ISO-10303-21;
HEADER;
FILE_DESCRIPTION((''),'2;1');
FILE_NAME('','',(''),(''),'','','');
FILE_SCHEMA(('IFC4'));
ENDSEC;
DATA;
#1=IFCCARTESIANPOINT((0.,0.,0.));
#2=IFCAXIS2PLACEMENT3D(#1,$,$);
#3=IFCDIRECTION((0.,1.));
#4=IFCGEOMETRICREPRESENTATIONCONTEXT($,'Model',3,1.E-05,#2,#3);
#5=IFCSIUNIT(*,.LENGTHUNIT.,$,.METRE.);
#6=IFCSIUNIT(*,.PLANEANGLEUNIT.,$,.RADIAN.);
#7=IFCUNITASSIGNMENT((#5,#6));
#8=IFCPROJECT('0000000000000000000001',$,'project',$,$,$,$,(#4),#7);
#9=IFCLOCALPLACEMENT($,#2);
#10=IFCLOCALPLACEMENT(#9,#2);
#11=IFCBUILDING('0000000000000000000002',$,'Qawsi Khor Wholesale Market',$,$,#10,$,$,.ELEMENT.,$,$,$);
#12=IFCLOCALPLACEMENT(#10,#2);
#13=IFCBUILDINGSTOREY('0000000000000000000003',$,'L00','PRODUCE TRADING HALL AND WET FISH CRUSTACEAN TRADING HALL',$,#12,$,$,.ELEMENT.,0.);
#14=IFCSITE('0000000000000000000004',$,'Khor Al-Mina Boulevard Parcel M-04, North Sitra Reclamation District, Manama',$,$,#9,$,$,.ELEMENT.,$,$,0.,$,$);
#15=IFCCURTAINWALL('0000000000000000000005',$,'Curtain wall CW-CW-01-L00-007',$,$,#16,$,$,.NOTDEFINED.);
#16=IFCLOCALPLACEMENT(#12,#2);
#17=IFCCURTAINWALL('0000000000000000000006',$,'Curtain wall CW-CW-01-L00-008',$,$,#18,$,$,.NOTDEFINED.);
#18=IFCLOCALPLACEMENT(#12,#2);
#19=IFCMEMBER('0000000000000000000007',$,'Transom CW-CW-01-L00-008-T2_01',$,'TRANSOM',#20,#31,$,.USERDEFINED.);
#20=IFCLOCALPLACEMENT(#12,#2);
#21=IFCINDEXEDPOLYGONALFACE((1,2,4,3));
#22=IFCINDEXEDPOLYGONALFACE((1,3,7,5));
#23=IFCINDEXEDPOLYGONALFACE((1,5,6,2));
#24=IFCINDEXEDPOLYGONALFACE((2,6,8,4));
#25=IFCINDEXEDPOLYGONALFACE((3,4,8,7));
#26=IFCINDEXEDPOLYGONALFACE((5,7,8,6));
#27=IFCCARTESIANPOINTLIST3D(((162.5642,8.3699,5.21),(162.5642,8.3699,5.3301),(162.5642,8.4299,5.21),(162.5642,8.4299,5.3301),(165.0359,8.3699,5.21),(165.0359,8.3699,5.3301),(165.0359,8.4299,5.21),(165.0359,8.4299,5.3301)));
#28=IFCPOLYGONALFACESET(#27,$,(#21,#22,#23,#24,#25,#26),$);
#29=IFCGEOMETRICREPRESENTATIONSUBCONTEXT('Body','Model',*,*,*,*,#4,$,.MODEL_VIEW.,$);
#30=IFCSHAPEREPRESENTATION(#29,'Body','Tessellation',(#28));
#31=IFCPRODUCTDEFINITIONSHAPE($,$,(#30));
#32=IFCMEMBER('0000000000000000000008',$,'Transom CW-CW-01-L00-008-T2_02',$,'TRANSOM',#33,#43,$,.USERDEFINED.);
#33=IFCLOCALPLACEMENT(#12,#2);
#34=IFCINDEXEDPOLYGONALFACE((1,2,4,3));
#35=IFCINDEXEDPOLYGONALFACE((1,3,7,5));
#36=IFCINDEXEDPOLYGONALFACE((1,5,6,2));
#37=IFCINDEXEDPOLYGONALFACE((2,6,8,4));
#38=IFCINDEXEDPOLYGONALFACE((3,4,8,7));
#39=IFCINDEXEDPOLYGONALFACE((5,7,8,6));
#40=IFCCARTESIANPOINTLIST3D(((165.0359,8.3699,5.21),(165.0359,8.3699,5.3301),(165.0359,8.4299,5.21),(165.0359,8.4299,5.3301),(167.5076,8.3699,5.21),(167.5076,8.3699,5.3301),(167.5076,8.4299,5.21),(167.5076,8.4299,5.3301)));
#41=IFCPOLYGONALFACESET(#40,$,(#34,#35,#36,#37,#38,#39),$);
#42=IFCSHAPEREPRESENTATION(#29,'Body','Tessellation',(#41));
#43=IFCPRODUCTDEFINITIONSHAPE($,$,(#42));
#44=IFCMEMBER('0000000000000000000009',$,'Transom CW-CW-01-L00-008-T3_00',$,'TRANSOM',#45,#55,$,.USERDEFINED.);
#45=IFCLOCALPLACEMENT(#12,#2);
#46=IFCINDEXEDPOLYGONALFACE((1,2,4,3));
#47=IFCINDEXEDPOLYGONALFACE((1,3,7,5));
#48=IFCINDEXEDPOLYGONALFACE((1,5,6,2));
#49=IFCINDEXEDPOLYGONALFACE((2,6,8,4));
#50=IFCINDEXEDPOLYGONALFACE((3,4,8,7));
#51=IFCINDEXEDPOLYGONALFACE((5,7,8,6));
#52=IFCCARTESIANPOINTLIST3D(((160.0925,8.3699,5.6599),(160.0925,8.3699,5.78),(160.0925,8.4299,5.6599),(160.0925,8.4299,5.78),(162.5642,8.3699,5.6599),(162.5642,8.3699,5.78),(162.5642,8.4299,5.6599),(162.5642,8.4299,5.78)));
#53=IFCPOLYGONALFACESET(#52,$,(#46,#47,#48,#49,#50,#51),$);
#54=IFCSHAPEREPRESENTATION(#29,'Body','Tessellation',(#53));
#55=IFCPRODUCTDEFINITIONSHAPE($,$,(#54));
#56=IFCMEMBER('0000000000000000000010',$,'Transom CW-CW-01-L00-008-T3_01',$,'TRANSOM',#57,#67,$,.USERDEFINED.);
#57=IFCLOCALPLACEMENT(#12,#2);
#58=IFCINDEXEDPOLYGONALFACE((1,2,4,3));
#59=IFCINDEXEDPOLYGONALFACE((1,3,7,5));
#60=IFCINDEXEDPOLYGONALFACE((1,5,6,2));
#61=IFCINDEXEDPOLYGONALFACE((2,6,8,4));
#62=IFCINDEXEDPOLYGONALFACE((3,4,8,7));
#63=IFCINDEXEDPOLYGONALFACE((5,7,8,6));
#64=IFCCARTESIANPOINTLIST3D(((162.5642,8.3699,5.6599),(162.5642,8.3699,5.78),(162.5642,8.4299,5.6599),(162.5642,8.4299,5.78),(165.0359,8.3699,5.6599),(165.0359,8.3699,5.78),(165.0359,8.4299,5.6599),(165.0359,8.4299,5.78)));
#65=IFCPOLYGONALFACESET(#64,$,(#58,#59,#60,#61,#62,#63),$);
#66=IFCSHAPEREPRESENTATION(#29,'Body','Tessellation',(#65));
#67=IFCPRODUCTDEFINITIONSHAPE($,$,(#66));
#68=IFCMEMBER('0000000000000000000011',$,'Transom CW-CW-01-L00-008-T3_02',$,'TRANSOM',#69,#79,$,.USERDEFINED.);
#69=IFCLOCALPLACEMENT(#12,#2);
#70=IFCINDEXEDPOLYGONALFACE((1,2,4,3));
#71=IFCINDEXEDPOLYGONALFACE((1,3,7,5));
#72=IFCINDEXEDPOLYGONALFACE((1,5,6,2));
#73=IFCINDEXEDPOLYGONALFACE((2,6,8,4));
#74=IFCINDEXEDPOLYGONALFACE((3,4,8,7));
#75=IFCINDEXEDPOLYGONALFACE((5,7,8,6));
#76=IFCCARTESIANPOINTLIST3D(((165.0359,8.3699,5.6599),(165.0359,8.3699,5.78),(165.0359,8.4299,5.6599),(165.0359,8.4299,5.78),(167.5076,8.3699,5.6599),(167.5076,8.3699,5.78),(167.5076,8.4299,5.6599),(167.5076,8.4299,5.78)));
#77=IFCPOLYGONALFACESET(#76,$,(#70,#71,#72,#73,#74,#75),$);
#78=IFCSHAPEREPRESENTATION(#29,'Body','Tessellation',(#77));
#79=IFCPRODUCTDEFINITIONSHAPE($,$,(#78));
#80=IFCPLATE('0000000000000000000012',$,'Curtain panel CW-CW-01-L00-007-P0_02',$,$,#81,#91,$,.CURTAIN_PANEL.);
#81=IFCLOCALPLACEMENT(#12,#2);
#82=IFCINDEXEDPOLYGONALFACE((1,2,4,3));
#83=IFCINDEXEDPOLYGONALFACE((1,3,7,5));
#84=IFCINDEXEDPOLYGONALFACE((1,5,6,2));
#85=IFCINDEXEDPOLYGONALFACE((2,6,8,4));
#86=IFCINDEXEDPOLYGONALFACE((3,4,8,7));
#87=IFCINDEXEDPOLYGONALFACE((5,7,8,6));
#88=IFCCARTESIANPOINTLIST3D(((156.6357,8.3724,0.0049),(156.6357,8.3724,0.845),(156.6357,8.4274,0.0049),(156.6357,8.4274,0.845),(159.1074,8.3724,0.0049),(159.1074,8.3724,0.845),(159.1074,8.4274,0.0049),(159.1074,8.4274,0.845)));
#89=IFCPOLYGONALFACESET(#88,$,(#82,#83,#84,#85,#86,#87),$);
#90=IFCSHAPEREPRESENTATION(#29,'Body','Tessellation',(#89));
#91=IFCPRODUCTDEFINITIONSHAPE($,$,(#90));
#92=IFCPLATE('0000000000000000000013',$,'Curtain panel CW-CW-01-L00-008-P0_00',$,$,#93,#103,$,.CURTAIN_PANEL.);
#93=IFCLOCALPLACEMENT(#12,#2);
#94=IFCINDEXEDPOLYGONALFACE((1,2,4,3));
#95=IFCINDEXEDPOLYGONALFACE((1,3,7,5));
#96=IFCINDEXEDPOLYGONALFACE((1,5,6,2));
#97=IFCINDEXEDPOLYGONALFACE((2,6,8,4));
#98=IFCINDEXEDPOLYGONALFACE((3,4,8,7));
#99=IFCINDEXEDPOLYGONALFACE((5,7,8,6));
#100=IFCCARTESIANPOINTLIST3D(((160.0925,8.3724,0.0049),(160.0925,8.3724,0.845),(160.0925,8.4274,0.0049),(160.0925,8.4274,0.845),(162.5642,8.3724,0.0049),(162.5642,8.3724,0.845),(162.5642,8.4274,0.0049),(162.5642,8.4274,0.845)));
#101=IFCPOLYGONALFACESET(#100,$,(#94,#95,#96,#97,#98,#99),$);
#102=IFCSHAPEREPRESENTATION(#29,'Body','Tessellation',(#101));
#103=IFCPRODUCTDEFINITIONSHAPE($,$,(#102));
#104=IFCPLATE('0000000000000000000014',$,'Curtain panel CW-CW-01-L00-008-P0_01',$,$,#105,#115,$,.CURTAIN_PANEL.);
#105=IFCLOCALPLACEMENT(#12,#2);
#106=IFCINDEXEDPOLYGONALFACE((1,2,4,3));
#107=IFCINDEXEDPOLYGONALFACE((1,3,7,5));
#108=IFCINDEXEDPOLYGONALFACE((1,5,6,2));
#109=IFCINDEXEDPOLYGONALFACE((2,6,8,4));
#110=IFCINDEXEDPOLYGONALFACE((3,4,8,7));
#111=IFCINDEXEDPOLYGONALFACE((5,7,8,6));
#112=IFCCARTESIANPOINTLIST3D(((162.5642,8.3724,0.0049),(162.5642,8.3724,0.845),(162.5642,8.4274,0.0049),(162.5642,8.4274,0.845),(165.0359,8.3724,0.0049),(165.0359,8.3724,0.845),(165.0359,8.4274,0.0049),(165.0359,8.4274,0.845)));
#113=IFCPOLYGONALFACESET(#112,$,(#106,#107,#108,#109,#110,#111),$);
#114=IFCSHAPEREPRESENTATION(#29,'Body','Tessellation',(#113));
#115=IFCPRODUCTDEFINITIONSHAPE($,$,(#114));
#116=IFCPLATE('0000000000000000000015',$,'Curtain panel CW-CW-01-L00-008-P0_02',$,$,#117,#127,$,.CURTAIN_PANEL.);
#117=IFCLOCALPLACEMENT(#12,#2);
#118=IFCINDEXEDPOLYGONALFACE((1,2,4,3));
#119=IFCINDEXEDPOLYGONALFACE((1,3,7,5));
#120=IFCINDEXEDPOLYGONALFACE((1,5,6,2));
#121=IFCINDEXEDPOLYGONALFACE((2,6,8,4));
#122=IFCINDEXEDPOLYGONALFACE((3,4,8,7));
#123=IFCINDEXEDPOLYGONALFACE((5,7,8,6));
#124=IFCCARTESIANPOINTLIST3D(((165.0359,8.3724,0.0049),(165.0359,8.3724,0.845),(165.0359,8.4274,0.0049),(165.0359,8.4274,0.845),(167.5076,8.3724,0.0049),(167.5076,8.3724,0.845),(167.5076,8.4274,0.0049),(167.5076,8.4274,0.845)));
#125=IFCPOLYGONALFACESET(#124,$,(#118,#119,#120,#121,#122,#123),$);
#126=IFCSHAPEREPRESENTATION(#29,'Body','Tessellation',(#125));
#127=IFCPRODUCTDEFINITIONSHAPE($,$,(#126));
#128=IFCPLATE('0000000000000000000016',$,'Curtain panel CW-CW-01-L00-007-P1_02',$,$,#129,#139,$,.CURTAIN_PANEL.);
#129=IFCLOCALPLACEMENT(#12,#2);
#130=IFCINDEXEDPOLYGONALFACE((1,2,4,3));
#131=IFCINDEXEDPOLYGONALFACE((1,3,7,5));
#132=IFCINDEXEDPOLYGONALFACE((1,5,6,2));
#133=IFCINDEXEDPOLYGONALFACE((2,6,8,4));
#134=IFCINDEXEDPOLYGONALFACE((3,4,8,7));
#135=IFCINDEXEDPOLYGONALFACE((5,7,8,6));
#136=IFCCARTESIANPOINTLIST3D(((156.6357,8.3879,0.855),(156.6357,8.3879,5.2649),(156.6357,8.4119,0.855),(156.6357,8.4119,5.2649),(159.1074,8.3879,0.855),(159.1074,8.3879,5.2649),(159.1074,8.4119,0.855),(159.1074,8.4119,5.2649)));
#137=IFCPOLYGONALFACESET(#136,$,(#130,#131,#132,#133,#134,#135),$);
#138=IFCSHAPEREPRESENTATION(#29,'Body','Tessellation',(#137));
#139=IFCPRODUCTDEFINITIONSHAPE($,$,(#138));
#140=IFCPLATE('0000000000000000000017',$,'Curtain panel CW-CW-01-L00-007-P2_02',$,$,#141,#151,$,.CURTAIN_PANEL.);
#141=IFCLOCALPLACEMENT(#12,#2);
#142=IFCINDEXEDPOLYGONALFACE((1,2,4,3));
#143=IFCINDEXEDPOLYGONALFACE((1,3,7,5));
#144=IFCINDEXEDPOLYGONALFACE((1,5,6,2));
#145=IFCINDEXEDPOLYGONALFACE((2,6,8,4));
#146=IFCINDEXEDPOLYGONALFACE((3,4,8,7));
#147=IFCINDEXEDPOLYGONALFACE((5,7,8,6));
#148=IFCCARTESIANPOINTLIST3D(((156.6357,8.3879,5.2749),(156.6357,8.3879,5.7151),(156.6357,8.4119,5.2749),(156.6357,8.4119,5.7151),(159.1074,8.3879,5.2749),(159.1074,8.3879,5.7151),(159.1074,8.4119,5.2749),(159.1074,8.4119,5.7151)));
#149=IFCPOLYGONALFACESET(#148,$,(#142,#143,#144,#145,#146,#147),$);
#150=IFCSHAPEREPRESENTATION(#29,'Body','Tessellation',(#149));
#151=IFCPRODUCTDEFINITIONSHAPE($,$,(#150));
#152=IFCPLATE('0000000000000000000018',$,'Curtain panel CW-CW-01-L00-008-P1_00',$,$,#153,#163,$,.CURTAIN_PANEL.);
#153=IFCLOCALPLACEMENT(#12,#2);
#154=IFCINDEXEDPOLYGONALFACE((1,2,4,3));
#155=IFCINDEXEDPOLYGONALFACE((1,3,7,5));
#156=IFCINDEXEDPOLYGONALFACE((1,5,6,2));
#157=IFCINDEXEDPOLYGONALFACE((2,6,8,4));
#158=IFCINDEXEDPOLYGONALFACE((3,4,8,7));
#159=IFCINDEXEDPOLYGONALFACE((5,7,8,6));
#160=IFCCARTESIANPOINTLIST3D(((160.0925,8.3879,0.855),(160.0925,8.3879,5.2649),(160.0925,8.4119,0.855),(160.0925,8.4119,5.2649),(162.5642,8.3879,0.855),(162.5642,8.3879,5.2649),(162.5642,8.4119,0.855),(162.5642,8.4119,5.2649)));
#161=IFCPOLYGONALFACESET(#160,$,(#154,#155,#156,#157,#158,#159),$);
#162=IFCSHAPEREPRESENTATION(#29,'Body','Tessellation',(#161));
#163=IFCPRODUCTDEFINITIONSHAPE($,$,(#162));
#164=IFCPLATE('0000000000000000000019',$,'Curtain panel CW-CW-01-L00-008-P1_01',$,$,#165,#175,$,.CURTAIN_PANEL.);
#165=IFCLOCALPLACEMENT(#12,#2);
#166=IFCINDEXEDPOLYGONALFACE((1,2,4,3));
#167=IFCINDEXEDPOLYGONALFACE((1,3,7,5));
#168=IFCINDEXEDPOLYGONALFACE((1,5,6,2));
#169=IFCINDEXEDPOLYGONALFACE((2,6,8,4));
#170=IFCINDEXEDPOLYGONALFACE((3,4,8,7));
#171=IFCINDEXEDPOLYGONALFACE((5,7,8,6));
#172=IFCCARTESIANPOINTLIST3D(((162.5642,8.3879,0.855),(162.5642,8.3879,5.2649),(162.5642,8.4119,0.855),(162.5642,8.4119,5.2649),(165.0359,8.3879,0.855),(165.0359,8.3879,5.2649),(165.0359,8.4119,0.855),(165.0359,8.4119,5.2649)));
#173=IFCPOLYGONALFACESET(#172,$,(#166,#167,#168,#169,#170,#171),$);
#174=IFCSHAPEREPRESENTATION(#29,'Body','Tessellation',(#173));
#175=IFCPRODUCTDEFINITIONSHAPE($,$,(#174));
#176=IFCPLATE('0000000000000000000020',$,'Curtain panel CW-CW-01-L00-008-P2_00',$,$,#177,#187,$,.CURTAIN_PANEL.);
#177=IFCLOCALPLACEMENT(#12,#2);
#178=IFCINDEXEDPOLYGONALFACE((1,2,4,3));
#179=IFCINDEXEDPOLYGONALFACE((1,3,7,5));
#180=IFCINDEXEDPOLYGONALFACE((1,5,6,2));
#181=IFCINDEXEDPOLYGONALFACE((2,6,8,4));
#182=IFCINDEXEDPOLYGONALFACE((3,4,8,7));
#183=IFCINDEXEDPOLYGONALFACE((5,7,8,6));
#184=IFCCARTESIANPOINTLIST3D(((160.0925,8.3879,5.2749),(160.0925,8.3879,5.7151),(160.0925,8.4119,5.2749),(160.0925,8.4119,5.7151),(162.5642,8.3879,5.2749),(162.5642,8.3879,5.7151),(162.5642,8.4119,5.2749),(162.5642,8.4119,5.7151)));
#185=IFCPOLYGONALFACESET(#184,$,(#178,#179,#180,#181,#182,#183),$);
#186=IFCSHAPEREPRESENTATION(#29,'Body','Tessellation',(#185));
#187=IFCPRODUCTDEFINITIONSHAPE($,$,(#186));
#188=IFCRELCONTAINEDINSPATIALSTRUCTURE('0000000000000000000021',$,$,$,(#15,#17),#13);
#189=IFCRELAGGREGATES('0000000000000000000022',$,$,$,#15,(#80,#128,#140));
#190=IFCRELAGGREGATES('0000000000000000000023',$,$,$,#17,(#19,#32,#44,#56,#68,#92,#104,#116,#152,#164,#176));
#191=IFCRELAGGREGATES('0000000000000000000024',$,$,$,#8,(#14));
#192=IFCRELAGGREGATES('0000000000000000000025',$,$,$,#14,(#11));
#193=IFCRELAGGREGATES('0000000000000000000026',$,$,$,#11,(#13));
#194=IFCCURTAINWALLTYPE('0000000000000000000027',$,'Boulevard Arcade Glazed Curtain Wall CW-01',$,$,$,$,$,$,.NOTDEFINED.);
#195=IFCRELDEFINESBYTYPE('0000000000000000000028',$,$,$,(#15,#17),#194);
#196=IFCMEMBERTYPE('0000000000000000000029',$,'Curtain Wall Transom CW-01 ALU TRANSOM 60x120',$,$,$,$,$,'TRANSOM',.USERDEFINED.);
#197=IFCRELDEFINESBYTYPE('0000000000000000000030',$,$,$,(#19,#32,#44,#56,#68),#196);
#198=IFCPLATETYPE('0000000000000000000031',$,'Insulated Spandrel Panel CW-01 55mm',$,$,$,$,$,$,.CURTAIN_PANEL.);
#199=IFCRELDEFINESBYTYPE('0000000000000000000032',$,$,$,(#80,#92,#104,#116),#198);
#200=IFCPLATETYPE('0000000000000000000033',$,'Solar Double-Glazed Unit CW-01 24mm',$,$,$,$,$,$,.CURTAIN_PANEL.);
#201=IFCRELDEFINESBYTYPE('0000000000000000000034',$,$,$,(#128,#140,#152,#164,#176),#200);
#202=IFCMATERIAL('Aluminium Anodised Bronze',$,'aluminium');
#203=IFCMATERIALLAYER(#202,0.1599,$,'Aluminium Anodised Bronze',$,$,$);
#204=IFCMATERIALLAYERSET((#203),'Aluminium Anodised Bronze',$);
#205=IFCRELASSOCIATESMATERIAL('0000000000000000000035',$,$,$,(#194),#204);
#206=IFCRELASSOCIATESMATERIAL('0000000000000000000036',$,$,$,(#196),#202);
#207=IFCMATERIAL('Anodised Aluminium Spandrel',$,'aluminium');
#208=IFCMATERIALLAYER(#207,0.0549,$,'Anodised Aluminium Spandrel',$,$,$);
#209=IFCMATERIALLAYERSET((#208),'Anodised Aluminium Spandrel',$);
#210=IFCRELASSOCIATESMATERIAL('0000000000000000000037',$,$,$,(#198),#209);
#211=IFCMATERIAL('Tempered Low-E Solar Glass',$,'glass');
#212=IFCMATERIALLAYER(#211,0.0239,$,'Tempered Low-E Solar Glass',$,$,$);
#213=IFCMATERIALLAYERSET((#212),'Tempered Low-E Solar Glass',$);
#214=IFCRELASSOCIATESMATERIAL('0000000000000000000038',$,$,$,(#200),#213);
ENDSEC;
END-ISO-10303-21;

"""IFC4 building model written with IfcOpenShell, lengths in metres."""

from ifc_helpers import new_model, si_unit, direction, frame, frame_2d, origin, origin_2d, place, context, subcontext, project, spatial, rectangle, extrude, material, layer, layer_set, material_profile, profile_set, type_object, element, aggregate, save


model = new_model("IFC4")

# Units and contexts
model_context = context("Model", 3, precision=1e-05, world=origin(), true_north=direction((0.0, 1.0)))
body_context = subcontext(model_context, "Body", "Model", "MODEL_VIEW")
ifc_project = project(units=[si_unit("LENGTHUNIT", "METRE"), si_unit("PLANEANGLEUNIT", "RADIAN")], contexts=[model_context])

# Site, building, storey
site_placement = place(None, origin())
site = spatial("IfcSite", under=ifc_project, at=site_placement, Name="Khor Al-Mina Boulevard Parcel M-04, North Sitra Reclamation District, Manama", CompositionType="ELEMENT", RefElevation=0.0)
building_placement = place(site_placement, origin())
building = spatial("IfcBuilding", under=site, at=building_placement, Name="Qawsi Khor Wholesale Market", CompositionType="ELEMENT")
storey_placement = place(building_placement, origin())
storey = spatial("IfcBuildingStorey", under=building, at=storey_placement, Name="L00", Description="PRODUCE TRADING HALL AND WET FISH CRUSTACEAN TRADING HALL", CompositionType="ELEMENT", Elevation=0.0)

# Curtain wall
ifc_material_1 = material(Name="Aluminium Anodised Bronze", Category="aluminium")
ifc_layer_1 = layer(ifc_material_1, 0.1599, Name="Aluminium Anodised Bronze")
ifc_layer_set_1 = layer_set([ifc_layer_1], Name="Aluminium Anodised Bronze")
curtain_wall_type = type_object("IfcCurtainWallType", Name="Boulevard Arcade Glazed Curtain Wall CW-01", PredefinedType="NOTDEFINED", material=ifc_layer_set_1)
curtain_wall_1_placement = place(storey_placement, origin())
curtain_wall_1 = element("IfcCurtainWall", 1, at=curtain_wall_1_placement, inside=storey, type_object=curtain_wall_type, Name="Curtain wall CW-CW-01-L00-007", PredefinedType="NOTDEFINED")

# Curtain wall, members
curtain_wall_2_placement = place(storey_placement, origin())
curtain_wall_2 = element("IfcCurtainWall", 2, at=curtain_wall_2_placement, inside=storey, type_object=curtain_wall_type, Name="Curtain wall CW-CW-01-L00-008", PredefinedType="NOTDEFINED")
ifc_material_profile_1 = material_profile(ifc_material_1, rectangle(XDim=0.0601, YDim=0.1201, at=origin_2d()), Name="ALU TRANSOM 60x120")
ifc_profile_set_1 = profile_set([ifc_material_profile_1], Name="Aluminium Anodised Bronze")
member_type_1 = type_object("IfcMemberType", Name="Curtain Wall Transom CW-01 ALU TRANSOM 60x120", ElementType="TRANSOM", PredefinedType="USERDEFINED", material=ifc_profile_set_1)
member_1_placement = place(storey_placement, frame((162.5642, 8.3999, 5.27), z_axis=(1.0, 0.0, 0.0), x_axis=(0.0, 1.0, 0.0)))
member_1 = element("IfcMember", 3, at=member_1_placement, type_object=member_type_1, Name="Transom CW-CW-01-L00-008-T2_01", ObjectType="TRANSOM", PredefinedType="USERDEFINED", context=body_context, shape_type="SweptSolid", body=[
    extrude(rectangle(XDim=0.0601, YDim=0.1201, at=origin_2d()), origin(), (0.0, 0.0, 1.0), 2.4717),
])
member_2_placement = place(storey_placement, frame((165.0359, 8.3999, 5.27), z_axis=(1.0, 0.0, 0.0), x_axis=(0.0, 1.0, 0.0)))
member_2 = element("IfcMember", 4, at=member_2_placement, type_object=member_type_1, Name="Transom CW-CW-01-L00-008-T2_02", ObjectType="TRANSOM", PredefinedType="USERDEFINED", context=body_context, shape_type="SweptSolid", body=[
    extrude(rectangle(XDim=0.0601, YDim=0.1201, at=origin_2d()), origin(), (0.0, 0.0, 1.0), 2.4717),
])
member_3_placement = place(storey_placement, frame((160.0925, 8.3999, 5.72), z_axis=(1.0, 0.0, 0.0), x_axis=(0.0, 1.0, 0.0)))
member_3 = element("IfcMember", 5, at=member_3_placement, type_object=member_type_1, Name="Transom CW-CW-01-L00-008-T3_00", ObjectType="TRANSOM", PredefinedType="USERDEFINED", context=body_context, shape_type="SweptSolid", body=[
    extrude(rectangle(XDim=0.0601, YDim=0.1201, at=origin_2d()), origin(), (0.0, 0.0, 1.0), 2.4717),
])
member_4_placement = place(storey_placement, frame((162.5642, 8.3999, 5.72), z_axis=(1.0, 0.0, 0.0), x_axis=(0.0, 1.0, 0.0)))
member_4 = element("IfcMember", 6, at=member_4_placement, type_object=member_type_1, Name="Transom CW-CW-01-L00-008-T3_01", ObjectType="TRANSOM", PredefinedType="USERDEFINED", context=body_context, shape_type="SweptSolid", body=[
    extrude(rectangle(XDim=0.0601, YDim=0.1201, at=origin_2d()), origin(), (0.0, 0.0, 1.0), 2.4717),
])
member_5_placement = place(storey_placement, frame((165.0359, 8.3999, 5.72), z_axis=(1.0, 0.0, 0.0), x_axis=(0.0, 1.0, 0.0)))
member_5 = element("IfcMember", 7, at=member_5_placement, type_object=member_type_1, Name="Transom CW-CW-01-L00-008-T3_02", ObjectType="TRANSOM", PredefinedType="USERDEFINED", context=body_context, shape_type="SweptSolid", body=[
    extrude(rectangle(XDim=0.0601, YDim=0.1201, at=origin_2d()), origin(), (0.0, 0.0, 1.0), 2.4717),
])

# Plates
ifc_material_2 = material(Name="Anodised Aluminium Spandrel", Category="aluminium")
ifc_layer_2 = layer(ifc_material_2, 0.0549, Name="Anodised Aluminium Spandrel")
ifc_layer_set_2 = layer_set([ifc_layer_2], Name="Anodised Aluminium Spandrel")
plate_type_1 = type_object("IfcPlateType", Name="Insulated Spandrel Panel CW-01 55mm", PredefinedType="CURTAIN_PANEL", material=ifc_layer_set_2)
plate_1_placement = place(storey_placement, frame((156.6357, 8.3999, 0.0049), z_axis=(0.0, 0.0, 1.0), x_axis=(1.0, 0.0, 0.0)))
plate_1 = element("IfcPlate", 8, at=plate_1_placement, type_object=plate_type_1, Name="Curtain panel CW-CW-01-L00-007-P0_02", PredefinedType="CURTAIN_PANEL", context=body_context, shape_type="SweptSolid", body=[
    extrude(rectangle(XDim=2.4717, YDim=0.0549, at=frame_2d((1.2358, 0.0))), origin(), (0.0, 0.0, 1.0), 0.8401),
])
plate_2_placement = place(storey_placement, frame((160.0925, 8.3999, 0.0049), z_axis=(0.0, 0.0, 1.0), x_axis=(1.0, 0.0, 0.0)))
plate_2 = element("IfcPlate", 9, at=plate_2_placement, type_object=plate_type_1, Name="Curtain panel CW-CW-01-L00-008-P0_00", PredefinedType="CURTAIN_PANEL", context=body_context, shape_type="SweptSolid", body=[
    extrude(rectangle(XDim=2.4717, YDim=0.0549, at=frame_2d((1.2358, 0.0))), origin(), (0.0, 0.0, 1.0), 0.8401),
])
plate_3_placement = place(storey_placement, frame((162.5642, 8.3999, 0.0049), z_axis=(0.0, 0.0, 1.0), x_axis=(1.0, 0.0, 0.0)))
plate_3 = element("IfcPlate", 10, at=plate_3_placement, type_object=plate_type_1, Name="Curtain panel CW-CW-01-L00-008-P0_01", PredefinedType="CURTAIN_PANEL", context=body_context, shape_type="SweptSolid", body=[
    extrude(rectangle(XDim=2.4717, YDim=0.0549, at=frame_2d((1.2358, 0.0))), origin(), (0.0, 0.0, 1.0), 0.8401),
])
plate_4_placement = place(storey_placement, frame((165.0359, 8.3999, 0.0049), z_axis=(0.0, 0.0, 1.0), x_axis=(1.0, 0.0, 0.0)))
plate_4 = element("IfcPlate", 11, at=plate_4_placement, type_object=plate_type_1, Name="Curtain panel CW-CW-01-L00-008-P0_02", PredefinedType="CURTAIN_PANEL", context=body_context, shape_type="SweptSolid", body=[
    extrude(rectangle(XDim=2.4717, YDim=0.0549, at=frame_2d((1.2358, 0.0))), origin(), (0.0, 0.0, 1.0), 0.8401),
])
ifc_material_3 = material(Name="Tempered Low-E Solar Glass", Category="glass")
ifc_layer_3 = layer(ifc_material_3, 0.0239, Name="Tempered Low-E Solar Glass")
ifc_layer_set_3 = layer_set([ifc_layer_3], Name="Tempered Low-E Solar Glass")
plate_type_2 = type_object("IfcPlateType", Name="Solar Double-Glazed Unit CW-01 24mm", PredefinedType="CURTAIN_PANEL", material=ifc_layer_set_3)
plate_5_placement = place(storey_placement, frame((156.6357, 8.3999, 0.855), z_axis=(0.0, 0.0, 1.0), x_axis=(1.0, 0.0, 0.0)))
plate_5 = element("IfcPlate", 12, at=plate_5_placement, type_object=plate_type_2, Name="Curtain panel CW-CW-01-L00-007-P1_02", PredefinedType="CURTAIN_PANEL", context=body_context, shape_type="SweptSolid", body=[
    extrude(rectangle(XDim=2.4717, YDim=0.0239, at=frame_2d((1.2358, 0.0))), origin(), (0.0, 0.0, 1.0), 4.4099),
])
plate_6_placement = place(storey_placement, frame((156.6357, 8.3999, 5.2749), z_axis=(0.0, 0.0, 1.0), x_axis=(1.0, 0.0, 0.0)))
plate_6 = element("IfcPlate", 13, at=plate_6_placement, type_object=plate_type_2, Name="Curtain panel CW-CW-01-L00-007-P2_02", PredefinedType="CURTAIN_PANEL", context=body_context, shape_type="SweptSolid", body=[
    extrude(rectangle(XDim=2.4717, YDim=0.0239, at=frame_2d((1.2358, 0.0))), origin(), (0.0, 0.0, 1.0), 0.4402),
])
aggregate(curtain_wall_1, [plate_1, plate_5, plate_6])
plate_7_placement = place(storey_placement, frame((160.0925, 8.3999, 0.855), z_axis=(0.0, 0.0, 1.0), x_axis=(1.0, 0.0, 0.0)))
plate_7 = element("IfcPlate", 14, at=plate_7_placement, type_object=plate_type_2, Name="Curtain panel CW-CW-01-L00-008-P1_00", PredefinedType="CURTAIN_PANEL", context=body_context, shape_type="SweptSolid", body=[
    extrude(rectangle(XDim=2.4717, YDim=0.0239, at=frame_2d((1.2358, 0.0))), origin(), (0.0, 0.0, 1.0), 4.4099),
])
plate_8_placement = place(storey_placement, frame((162.5642, 8.3999, 0.855), z_axis=(0.0, 0.0, 1.0), x_axis=(1.0, 0.0, 0.0)))
plate_8 = element("IfcPlate", 15, at=plate_8_placement, type_object=plate_type_2, Name="Curtain panel CW-CW-01-L00-008-P1_01", PredefinedType="CURTAIN_PANEL", context=body_context, shape_type="SweptSolid", body=[
    extrude(rectangle(XDim=2.4717, YDim=0.0239, at=frame_2d((1.2358, 0.0))), origin(), (0.0, 0.0, 1.0), 4.4099),
])
plate_9_placement = place(storey_placement, frame((160.0925, 8.3999, 5.2749), z_axis=(0.0, 0.0, 1.0), x_axis=(1.0, 0.0, 0.0)))
plate_9 = element("IfcPlate", 16, at=plate_9_placement, type_object=plate_type_2, Name="Curtain panel CW-CW-01-L00-008-P2_00", PredefinedType="CURTAIN_PANEL", context=body_context, shape_type="SweptSolid", body=[
    extrude(rectangle(XDim=2.4717, YDim=0.0239, at=frame_2d((1.2358, 0.0))), origin(), (0.0, 0.0, 1.0), 0.4402),
])
aggregate(curtain_wall_2, [member_1, member_2, member_3, member_4, member_5, plate_2, plate_3, plate_4, plate_7, plate_8, plate_9])

save(model, "model.ifc")
